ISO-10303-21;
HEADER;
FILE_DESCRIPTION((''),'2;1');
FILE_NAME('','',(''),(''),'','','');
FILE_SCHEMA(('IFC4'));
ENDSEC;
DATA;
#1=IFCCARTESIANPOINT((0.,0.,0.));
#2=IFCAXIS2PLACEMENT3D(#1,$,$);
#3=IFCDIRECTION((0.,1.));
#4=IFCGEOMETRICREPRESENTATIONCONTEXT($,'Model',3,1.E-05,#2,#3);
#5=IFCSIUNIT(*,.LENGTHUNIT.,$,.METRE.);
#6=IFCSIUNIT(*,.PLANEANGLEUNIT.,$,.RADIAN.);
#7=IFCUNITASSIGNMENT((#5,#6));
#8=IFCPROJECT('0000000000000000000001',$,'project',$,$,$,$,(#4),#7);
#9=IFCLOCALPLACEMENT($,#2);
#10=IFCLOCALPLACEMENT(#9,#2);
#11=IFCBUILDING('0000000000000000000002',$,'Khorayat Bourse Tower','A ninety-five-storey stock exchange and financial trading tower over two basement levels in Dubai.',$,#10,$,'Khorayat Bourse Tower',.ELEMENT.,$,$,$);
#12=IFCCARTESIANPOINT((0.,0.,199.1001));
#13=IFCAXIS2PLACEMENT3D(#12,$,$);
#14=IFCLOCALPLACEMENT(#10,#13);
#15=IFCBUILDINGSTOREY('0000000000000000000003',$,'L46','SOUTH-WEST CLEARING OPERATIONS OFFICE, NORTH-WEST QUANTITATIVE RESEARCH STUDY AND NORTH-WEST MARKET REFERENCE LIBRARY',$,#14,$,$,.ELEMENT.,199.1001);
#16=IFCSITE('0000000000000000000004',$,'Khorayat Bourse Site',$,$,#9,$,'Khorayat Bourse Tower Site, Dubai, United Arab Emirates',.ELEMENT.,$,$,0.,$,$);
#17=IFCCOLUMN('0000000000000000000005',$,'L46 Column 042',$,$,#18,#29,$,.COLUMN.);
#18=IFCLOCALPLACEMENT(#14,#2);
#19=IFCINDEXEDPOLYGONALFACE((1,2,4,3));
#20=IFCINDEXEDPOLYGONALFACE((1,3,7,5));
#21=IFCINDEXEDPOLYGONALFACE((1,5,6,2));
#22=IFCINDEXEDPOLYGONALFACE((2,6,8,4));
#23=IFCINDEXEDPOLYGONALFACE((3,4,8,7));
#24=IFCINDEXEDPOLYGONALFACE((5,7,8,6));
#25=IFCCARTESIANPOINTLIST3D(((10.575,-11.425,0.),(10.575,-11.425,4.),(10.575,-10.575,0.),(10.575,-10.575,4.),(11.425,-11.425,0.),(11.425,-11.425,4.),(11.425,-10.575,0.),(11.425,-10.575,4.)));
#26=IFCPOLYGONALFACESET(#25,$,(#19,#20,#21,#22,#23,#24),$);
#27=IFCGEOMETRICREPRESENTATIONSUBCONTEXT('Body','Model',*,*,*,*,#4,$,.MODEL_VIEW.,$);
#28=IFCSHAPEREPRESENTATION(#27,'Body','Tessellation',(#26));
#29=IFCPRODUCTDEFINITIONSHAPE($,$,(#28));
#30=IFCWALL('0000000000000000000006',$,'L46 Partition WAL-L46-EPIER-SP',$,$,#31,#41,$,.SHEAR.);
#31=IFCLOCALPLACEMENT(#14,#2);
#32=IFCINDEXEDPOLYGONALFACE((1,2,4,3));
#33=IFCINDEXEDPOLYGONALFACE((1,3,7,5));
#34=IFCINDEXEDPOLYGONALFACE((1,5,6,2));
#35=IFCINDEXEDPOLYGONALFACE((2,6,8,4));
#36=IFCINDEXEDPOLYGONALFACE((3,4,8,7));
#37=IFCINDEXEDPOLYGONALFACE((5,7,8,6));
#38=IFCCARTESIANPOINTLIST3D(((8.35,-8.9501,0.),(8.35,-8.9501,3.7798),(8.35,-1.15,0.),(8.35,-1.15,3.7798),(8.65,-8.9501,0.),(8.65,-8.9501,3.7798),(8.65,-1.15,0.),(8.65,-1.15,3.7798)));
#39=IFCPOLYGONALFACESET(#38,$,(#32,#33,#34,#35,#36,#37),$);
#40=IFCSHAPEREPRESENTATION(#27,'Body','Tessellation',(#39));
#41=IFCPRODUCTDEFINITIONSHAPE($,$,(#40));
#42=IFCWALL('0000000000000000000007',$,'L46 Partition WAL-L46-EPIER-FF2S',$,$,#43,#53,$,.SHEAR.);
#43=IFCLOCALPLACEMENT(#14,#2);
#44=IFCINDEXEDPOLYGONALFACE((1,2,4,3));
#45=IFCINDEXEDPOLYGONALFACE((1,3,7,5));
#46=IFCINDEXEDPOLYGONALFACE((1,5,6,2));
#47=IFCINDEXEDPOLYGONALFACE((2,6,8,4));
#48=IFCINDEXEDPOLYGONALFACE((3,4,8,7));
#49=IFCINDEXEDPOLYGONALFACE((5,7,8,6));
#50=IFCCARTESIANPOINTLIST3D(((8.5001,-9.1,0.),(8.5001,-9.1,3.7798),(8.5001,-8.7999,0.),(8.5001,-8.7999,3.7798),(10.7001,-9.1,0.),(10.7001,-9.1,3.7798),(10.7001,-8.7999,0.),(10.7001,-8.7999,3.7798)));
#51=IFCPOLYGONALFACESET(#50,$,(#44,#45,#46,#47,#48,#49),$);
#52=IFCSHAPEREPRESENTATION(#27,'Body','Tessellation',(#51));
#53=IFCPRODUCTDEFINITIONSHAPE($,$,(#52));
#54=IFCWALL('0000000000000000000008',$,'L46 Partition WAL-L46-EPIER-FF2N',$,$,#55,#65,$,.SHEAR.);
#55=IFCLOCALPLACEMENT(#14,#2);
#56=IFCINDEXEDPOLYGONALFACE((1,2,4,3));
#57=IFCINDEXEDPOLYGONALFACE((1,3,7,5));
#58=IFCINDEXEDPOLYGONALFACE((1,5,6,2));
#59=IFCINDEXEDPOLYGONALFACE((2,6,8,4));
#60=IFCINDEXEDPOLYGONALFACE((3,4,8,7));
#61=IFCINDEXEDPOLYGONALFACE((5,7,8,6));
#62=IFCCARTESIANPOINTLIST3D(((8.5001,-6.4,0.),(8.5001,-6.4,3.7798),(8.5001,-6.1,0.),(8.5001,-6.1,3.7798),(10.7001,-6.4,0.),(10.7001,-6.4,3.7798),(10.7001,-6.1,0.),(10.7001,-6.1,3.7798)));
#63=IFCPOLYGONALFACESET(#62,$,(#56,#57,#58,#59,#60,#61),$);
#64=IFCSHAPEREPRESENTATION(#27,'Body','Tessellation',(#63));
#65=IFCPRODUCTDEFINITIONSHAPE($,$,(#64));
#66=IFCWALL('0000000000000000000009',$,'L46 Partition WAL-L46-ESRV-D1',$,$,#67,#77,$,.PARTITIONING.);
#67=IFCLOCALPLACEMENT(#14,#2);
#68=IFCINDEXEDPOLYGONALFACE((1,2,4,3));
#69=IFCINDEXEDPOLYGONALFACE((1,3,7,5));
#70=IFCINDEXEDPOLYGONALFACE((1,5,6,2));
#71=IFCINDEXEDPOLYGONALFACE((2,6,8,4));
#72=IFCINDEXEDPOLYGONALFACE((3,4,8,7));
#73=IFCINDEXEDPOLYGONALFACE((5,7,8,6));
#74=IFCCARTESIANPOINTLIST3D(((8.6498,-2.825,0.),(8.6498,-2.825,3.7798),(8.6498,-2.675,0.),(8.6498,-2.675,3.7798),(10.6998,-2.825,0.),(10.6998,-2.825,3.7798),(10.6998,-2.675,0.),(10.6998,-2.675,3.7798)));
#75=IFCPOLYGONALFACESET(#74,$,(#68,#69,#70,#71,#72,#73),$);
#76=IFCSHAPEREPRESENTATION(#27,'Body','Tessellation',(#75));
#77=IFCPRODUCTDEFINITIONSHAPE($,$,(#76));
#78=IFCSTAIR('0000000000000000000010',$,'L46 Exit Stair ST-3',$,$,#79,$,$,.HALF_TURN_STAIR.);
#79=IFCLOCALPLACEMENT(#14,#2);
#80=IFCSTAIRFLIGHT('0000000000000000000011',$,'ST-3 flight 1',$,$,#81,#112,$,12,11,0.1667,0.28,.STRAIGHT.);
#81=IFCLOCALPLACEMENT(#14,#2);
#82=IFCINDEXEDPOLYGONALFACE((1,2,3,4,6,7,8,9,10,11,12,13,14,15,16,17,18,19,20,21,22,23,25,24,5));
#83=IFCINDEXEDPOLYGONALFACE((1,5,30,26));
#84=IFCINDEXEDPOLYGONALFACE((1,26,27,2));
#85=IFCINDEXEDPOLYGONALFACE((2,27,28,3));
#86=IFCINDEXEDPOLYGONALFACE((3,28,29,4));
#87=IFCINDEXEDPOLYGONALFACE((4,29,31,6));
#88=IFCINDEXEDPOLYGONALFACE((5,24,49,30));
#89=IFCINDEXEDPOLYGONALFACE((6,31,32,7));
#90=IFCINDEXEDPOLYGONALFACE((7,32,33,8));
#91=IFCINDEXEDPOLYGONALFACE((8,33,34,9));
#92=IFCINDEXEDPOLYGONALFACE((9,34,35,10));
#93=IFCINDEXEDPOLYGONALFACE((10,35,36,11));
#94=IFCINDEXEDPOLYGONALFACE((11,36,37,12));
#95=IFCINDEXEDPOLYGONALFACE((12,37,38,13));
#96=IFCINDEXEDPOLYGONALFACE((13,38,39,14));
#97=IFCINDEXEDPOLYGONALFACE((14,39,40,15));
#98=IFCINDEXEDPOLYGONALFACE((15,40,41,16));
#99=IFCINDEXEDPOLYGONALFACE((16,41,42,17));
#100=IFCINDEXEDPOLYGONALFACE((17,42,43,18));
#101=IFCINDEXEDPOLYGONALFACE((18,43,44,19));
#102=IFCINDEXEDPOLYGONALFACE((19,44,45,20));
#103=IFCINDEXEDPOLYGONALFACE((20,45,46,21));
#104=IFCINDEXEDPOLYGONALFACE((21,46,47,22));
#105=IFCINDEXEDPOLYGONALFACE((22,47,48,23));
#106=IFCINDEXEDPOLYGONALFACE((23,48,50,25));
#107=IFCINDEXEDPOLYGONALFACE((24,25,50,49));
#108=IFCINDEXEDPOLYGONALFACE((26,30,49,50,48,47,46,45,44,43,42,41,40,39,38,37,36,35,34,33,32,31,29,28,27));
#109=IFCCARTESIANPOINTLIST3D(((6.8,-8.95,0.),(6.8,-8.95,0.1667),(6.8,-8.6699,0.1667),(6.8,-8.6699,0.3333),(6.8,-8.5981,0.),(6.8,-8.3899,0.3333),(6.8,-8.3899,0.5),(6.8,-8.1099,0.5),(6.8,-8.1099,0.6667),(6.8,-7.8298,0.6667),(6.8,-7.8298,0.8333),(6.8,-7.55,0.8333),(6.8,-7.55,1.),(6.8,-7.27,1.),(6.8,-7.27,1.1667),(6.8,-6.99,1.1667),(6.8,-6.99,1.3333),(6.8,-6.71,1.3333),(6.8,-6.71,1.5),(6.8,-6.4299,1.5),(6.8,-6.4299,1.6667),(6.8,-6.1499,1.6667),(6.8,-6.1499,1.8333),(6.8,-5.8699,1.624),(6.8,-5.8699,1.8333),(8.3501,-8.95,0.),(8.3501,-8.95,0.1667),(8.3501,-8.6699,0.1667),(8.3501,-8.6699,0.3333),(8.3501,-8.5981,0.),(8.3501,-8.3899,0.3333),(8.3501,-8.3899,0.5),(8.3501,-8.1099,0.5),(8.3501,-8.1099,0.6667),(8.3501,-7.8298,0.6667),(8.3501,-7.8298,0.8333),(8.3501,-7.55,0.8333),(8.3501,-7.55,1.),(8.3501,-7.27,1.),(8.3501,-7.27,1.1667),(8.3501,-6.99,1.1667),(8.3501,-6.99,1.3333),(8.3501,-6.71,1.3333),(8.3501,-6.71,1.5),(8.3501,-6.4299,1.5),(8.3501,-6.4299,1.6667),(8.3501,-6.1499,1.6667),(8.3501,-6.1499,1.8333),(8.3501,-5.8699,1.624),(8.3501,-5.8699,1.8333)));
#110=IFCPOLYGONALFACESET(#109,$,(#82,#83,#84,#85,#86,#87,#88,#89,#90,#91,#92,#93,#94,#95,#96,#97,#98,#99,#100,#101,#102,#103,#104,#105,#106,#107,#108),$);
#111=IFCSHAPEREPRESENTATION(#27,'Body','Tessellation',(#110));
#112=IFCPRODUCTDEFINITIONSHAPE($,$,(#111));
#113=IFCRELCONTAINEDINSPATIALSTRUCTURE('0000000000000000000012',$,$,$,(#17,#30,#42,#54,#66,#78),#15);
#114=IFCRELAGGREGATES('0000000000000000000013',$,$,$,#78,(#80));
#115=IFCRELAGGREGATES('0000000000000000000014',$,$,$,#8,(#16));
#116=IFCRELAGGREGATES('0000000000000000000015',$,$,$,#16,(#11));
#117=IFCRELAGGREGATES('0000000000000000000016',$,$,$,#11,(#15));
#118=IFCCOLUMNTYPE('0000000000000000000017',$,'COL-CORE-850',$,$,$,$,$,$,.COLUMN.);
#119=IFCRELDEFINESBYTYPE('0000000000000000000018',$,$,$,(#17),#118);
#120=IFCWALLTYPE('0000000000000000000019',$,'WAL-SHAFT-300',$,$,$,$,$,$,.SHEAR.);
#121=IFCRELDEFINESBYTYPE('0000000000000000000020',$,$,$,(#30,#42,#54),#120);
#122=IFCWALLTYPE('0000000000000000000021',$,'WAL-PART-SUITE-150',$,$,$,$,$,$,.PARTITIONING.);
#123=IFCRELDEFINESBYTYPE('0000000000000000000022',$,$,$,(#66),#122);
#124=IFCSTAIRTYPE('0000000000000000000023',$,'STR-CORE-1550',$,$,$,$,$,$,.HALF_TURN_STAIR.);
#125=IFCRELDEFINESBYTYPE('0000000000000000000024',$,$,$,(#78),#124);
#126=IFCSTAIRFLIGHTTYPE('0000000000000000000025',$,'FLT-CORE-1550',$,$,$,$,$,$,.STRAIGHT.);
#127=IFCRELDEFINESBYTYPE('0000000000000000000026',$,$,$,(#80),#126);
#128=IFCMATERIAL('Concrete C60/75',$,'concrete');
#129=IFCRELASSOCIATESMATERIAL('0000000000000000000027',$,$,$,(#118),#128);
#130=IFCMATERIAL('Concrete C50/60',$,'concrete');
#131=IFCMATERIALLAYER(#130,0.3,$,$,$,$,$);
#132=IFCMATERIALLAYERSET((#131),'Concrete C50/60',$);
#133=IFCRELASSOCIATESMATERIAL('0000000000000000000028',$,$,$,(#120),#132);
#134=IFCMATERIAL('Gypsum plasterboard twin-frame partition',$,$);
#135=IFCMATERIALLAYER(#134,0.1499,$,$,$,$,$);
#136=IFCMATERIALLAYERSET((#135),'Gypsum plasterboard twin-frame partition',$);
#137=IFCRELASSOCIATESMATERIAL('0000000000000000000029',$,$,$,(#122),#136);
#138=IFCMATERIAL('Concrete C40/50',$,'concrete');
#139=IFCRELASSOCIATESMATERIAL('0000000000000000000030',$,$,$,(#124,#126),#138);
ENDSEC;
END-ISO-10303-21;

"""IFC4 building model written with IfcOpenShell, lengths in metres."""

from ifc_helpers import new_model, si_unit, direction, frame, frame_2d, origin, origin_2d, place, context, subcontext, project, spatial, polyline, rectangle, outline, extrude, source, transform, mapped, material, layer, layer_set, material_profile, profile_set, type_object, element, aggregate, save


model = new_model("IFC4")

# Units and contexts
model_context = context("Model", 3, precision=1e-05, world=origin(), true_north=direction((0.0, 1.0)))
body_context = subcontext(model_context, "Body", "Model", "MODEL_VIEW")
ifc_project = project(units=[si_unit("LENGTHUNIT", "METRE"), si_unit("PLANEANGLEUNIT", "RADIAN")], contexts=[model_context])

# Site, building, storey
site_placement = place(None, origin())
site = spatial("IfcSite", under=ifc_project, at=site_placement, Name="Khorayat Bourse Site", LongName="Khorayat Bourse Tower Site, Dubai, United Arab Emirates", CompositionType="ELEMENT", RefElevation=0.0)
building_placement = place(site_placement, origin())
building = spatial("IfcBuilding", under=site, at=building_placement, Name="Khorayat Bourse Tower", Description="A ninety-five-storey stock exchange and financial trading tower over two basement levels in Dubai.", LongName="Khorayat Bourse Tower", CompositionType="ELEMENT")
storey_placement = place(building_placement, frame((0.0, 0.0, 199.1001)))
storey = spatial("IfcBuildingStorey", under=building, at=storey_placement, Name="L46", Description="SOUTH-WEST CLEARING OPERATIONS OFFICE, NORTH-WEST QUANTITATIVE RESEARCH STUDY AND NORTH-WEST MARKET REFERENCE LIBRARY", CompositionType="ELEMENT", Elevation=199.1001)

# Column
ifc_material_1 = material(Name="Concrete C60/75", Category="concrete")
ifc_material_profile = material_profile(ifc_material_1, rectangle(XDim=0.8501, YDim=0.8501, at=origin_2d()), Name="RC 850x850")
ifc_profile_set = profile_set([ifc_material_profile], Name="Concrete C60/75")
column_type = type_object("IfcColumnType", Name="COL-CORE-850", PredefinedType="COLUMN", material=ifc_profile_set)
shared_shape_1 = source(origin(), body_context, "Body", "SweptSolid", [
    extrude(rectangle(XDim=0.8501, YDim=0.8501, at=origin_2d()), origin(), (0.0, 0.0, 1.0), 4.0),
])
column_placement = place(storey_placement, frame((11.0, -11.0, 0.0), z_axis=(0.0, 0.0, 1.0), x_axis=(1.0, 0.0, 0.0)))
element("IfcColumn", 1, at=column_placement, inside=storey, type_object=column_type, Name="L46 Column 042", PredefinedType="COLUMN", context=body_context, shape_type="MappedRepresentation", body=[
    mapped(shared_shape_1, transform((0.0, 0.0, 0.0), scale=1.0)),
])

# Walls
ifc_material_2 = material(Name="Concrete C50/60", Category="concrete")
ifc_layer_1 = layer(ifc_material_2, 0.3)
ifc_layer_set_1 = layer_set([ifc_layer_1], Name="Concrete C50/60")
wall_type_1 = type_object("IfcWallType", Name="WAL-SHAFT-300", PredefinedType="SHEAR", material=ifc_layer_set_1)
shared_shape_2 = source(origin(), body_context, "Body", "SweptSolid", [
    extrude(rectangle(XDim=7.8, YDim=0.3, at=frame_2d((3.8999, 0.0))), origin(), (0.0, 0.0, 1.0), 3.7798),
])
wall_1_placement = place(storey_placement, frame((8.5, -8.95, 0.0), z_axis=(0.0, 0.0, 1.0), x_axis=(0.0, 1.0, 0.0)))
element("IfcWall", 2, at=wall_1_placement, inside=storey, type_object=wall_type_1, Name="L46 Partition WAL-L46-EPIER-SP", PredefinedType="SHEAR", context=body_context, shape_type="MappedRepresentation", body=[
    mapped(shared_shape_2, transform((0.0, 0.0, 0.0), scale=1.0)),
])
shared_shape_3 = source(origin(), body_context, "Body", "SweptSolid", [
    extrude(rectangle(XDim=2.2, YDim=0.3, at=frame_2d((1.1001, 0.0))), origin(), (0.0, 0.0, 1.0), 3.7798),
])
for number, where, z_axis, x_axis, name in (
    (3, (8.5, -8.95, 0.0), (0.0, 0.0, 1.0), (1.0, 0.0, 0.0), "L46 Partition WAL-L46-EPIER-FF2S"),
    (4, (8.5, -6.25, 0.0), (0.0, 0.0, 1.0), (1.0, 0.0, 0.0), "L46 Partition WAL-L46-EPIER-FF2N"),
):
    element("IfcWall", number, at=place(storey_placement, frame(where, z_axis=z_axis, x_axis=x_axis)), inside=storey, type_object=wall_type_1, Name=name, PredefinedType="SHEAR", context=body_context, shape_type="MappedRepresentation", body=[
        mapped(shared_shape_3, transform((0.0, 0.0, 0.0), scale=1.0)),
    ])
ifc_material_3 = material(Name="Gypsum plasterboard twin-frame partition")
ifc_layer_2 = layer(ifc_material_3, 0.1499)
ifc_layer_set_2 = layer_set([ifc_layer_2], Name="Gypsum plasterboard twin-frame partition")
wall_type_2 = type_object("IfcWallType", Name="WAL-PART-SUITE-150", PredefinedType="PARTITIONING", material=ifc_layer_set_2)
shared_shape_4 = source(origin(), body_context, "Body", "SweptSolid", [
    extrude(rectangle(XDim=2.05, YDim=0.1499, at=frame_2d((1.0249, 0.0))), origin(), (0.0, 0.0, 1.0), 3.7798),
])
wall_2_placement = place(storey_placement, frame((8.6499, -2.75, 0.0), z_axis=(0.0, 0.0, 1.0), x_axis=(1.0, 0.0, 0.0)))
element("IfcWall", 5, at=wall_2_placement, inside=storey, type_object=wall_type_2, Name="L46 Partition WAL-L46-ESRV-D1", PredefinedType="PARTITIONING", context=body_context, shape_type="MappedRepresentation", body=[
    mapped(shared_shape_4, transform((0.0, 0.0, 0.0), scale=1.0)),
])

# Stair, stair flight
ifc_material_4 = material(Name="Concrete C40/50", Category="concrete")
stair_type = type_object("IfcStairType", Name="STR-CORE-1550", PredefinedType="HALF_TURN_STAIR", material=ifc_material_4)
stair_placement = place(storey_placement, origin())
stair = element("IfcStair", 6, at=stair_placement, inside=storey, type_object=stair_type, Name="L46 Exit Stair ST-3", PredefinedType="HALF_TURN_STAIR")
stair_flight_type = type_object("IfcStairFlightType", Name="FLT-CORE-1550", PredefinedType="STRAIGHT", material=ifc_material_4)
shared_shape_5 = source(origin(), body_context, "Body", "SweptSolid", [
    extrude(outline(polyline([(0.0, 0.0), (0.0, 0.1667), (0.28, 0.1667), (0.28, 0.3333), (0.5601, 0.3333), (0.5601, 0.5), (0.8401, 0.5), (0.8401, 0.6667), (1.1201, 0.6667), (1.1201, 0.8333), (1.3999, 0.8333), (1.3999, 1.0), (1.6799, 1.0), (1.6799, 1.1667), (1.96, 1.1667), (1.96, 1.3333), (2.24, 1.3333), (2.24, 1.5), (2.52, 1.5), (2.52, 1.6667), (2.8, 1.6667), (2.8, 1.8333), (3.0801, 1.8333), (3.0801, 2.0), (3.0801, 1.624), (0.3518, 0.0), (0.0, 0.0)])), frame((0.0, 0.7749, 0.0), z_axis=(0.0, -1.0, 0.0), x_axis=(1.0, 0.0, 0.0)), (0.0, 0.0, 1.0), 1.55),
])
stair_flight_placement = place(storey_placement, frame((7.575, -8.95, 0.0), z_axis=(0.0, 0.0, 1.0), x_axis=(0.0, 1.0, 0.0)))
stair_flight = element("IfcStairFlight", 7, at=stair_flight_placement, type_object=stair_flight_type, Name="ST-3 flight 1", NumberOfRisers=12, NumberOfTreads=11, PredefinedType="STRAIGHT", RiserHeight=0.1667, TreadLength=0.28, context=body_context, shape_type="MappedRepresentation", body=[
    mapped(shared_shape_5, transform((0.0, 0.0, 0.0), scale=1.0)),
])
aggregate(stair, [stair_flight])

save(model, "model.ifc")
